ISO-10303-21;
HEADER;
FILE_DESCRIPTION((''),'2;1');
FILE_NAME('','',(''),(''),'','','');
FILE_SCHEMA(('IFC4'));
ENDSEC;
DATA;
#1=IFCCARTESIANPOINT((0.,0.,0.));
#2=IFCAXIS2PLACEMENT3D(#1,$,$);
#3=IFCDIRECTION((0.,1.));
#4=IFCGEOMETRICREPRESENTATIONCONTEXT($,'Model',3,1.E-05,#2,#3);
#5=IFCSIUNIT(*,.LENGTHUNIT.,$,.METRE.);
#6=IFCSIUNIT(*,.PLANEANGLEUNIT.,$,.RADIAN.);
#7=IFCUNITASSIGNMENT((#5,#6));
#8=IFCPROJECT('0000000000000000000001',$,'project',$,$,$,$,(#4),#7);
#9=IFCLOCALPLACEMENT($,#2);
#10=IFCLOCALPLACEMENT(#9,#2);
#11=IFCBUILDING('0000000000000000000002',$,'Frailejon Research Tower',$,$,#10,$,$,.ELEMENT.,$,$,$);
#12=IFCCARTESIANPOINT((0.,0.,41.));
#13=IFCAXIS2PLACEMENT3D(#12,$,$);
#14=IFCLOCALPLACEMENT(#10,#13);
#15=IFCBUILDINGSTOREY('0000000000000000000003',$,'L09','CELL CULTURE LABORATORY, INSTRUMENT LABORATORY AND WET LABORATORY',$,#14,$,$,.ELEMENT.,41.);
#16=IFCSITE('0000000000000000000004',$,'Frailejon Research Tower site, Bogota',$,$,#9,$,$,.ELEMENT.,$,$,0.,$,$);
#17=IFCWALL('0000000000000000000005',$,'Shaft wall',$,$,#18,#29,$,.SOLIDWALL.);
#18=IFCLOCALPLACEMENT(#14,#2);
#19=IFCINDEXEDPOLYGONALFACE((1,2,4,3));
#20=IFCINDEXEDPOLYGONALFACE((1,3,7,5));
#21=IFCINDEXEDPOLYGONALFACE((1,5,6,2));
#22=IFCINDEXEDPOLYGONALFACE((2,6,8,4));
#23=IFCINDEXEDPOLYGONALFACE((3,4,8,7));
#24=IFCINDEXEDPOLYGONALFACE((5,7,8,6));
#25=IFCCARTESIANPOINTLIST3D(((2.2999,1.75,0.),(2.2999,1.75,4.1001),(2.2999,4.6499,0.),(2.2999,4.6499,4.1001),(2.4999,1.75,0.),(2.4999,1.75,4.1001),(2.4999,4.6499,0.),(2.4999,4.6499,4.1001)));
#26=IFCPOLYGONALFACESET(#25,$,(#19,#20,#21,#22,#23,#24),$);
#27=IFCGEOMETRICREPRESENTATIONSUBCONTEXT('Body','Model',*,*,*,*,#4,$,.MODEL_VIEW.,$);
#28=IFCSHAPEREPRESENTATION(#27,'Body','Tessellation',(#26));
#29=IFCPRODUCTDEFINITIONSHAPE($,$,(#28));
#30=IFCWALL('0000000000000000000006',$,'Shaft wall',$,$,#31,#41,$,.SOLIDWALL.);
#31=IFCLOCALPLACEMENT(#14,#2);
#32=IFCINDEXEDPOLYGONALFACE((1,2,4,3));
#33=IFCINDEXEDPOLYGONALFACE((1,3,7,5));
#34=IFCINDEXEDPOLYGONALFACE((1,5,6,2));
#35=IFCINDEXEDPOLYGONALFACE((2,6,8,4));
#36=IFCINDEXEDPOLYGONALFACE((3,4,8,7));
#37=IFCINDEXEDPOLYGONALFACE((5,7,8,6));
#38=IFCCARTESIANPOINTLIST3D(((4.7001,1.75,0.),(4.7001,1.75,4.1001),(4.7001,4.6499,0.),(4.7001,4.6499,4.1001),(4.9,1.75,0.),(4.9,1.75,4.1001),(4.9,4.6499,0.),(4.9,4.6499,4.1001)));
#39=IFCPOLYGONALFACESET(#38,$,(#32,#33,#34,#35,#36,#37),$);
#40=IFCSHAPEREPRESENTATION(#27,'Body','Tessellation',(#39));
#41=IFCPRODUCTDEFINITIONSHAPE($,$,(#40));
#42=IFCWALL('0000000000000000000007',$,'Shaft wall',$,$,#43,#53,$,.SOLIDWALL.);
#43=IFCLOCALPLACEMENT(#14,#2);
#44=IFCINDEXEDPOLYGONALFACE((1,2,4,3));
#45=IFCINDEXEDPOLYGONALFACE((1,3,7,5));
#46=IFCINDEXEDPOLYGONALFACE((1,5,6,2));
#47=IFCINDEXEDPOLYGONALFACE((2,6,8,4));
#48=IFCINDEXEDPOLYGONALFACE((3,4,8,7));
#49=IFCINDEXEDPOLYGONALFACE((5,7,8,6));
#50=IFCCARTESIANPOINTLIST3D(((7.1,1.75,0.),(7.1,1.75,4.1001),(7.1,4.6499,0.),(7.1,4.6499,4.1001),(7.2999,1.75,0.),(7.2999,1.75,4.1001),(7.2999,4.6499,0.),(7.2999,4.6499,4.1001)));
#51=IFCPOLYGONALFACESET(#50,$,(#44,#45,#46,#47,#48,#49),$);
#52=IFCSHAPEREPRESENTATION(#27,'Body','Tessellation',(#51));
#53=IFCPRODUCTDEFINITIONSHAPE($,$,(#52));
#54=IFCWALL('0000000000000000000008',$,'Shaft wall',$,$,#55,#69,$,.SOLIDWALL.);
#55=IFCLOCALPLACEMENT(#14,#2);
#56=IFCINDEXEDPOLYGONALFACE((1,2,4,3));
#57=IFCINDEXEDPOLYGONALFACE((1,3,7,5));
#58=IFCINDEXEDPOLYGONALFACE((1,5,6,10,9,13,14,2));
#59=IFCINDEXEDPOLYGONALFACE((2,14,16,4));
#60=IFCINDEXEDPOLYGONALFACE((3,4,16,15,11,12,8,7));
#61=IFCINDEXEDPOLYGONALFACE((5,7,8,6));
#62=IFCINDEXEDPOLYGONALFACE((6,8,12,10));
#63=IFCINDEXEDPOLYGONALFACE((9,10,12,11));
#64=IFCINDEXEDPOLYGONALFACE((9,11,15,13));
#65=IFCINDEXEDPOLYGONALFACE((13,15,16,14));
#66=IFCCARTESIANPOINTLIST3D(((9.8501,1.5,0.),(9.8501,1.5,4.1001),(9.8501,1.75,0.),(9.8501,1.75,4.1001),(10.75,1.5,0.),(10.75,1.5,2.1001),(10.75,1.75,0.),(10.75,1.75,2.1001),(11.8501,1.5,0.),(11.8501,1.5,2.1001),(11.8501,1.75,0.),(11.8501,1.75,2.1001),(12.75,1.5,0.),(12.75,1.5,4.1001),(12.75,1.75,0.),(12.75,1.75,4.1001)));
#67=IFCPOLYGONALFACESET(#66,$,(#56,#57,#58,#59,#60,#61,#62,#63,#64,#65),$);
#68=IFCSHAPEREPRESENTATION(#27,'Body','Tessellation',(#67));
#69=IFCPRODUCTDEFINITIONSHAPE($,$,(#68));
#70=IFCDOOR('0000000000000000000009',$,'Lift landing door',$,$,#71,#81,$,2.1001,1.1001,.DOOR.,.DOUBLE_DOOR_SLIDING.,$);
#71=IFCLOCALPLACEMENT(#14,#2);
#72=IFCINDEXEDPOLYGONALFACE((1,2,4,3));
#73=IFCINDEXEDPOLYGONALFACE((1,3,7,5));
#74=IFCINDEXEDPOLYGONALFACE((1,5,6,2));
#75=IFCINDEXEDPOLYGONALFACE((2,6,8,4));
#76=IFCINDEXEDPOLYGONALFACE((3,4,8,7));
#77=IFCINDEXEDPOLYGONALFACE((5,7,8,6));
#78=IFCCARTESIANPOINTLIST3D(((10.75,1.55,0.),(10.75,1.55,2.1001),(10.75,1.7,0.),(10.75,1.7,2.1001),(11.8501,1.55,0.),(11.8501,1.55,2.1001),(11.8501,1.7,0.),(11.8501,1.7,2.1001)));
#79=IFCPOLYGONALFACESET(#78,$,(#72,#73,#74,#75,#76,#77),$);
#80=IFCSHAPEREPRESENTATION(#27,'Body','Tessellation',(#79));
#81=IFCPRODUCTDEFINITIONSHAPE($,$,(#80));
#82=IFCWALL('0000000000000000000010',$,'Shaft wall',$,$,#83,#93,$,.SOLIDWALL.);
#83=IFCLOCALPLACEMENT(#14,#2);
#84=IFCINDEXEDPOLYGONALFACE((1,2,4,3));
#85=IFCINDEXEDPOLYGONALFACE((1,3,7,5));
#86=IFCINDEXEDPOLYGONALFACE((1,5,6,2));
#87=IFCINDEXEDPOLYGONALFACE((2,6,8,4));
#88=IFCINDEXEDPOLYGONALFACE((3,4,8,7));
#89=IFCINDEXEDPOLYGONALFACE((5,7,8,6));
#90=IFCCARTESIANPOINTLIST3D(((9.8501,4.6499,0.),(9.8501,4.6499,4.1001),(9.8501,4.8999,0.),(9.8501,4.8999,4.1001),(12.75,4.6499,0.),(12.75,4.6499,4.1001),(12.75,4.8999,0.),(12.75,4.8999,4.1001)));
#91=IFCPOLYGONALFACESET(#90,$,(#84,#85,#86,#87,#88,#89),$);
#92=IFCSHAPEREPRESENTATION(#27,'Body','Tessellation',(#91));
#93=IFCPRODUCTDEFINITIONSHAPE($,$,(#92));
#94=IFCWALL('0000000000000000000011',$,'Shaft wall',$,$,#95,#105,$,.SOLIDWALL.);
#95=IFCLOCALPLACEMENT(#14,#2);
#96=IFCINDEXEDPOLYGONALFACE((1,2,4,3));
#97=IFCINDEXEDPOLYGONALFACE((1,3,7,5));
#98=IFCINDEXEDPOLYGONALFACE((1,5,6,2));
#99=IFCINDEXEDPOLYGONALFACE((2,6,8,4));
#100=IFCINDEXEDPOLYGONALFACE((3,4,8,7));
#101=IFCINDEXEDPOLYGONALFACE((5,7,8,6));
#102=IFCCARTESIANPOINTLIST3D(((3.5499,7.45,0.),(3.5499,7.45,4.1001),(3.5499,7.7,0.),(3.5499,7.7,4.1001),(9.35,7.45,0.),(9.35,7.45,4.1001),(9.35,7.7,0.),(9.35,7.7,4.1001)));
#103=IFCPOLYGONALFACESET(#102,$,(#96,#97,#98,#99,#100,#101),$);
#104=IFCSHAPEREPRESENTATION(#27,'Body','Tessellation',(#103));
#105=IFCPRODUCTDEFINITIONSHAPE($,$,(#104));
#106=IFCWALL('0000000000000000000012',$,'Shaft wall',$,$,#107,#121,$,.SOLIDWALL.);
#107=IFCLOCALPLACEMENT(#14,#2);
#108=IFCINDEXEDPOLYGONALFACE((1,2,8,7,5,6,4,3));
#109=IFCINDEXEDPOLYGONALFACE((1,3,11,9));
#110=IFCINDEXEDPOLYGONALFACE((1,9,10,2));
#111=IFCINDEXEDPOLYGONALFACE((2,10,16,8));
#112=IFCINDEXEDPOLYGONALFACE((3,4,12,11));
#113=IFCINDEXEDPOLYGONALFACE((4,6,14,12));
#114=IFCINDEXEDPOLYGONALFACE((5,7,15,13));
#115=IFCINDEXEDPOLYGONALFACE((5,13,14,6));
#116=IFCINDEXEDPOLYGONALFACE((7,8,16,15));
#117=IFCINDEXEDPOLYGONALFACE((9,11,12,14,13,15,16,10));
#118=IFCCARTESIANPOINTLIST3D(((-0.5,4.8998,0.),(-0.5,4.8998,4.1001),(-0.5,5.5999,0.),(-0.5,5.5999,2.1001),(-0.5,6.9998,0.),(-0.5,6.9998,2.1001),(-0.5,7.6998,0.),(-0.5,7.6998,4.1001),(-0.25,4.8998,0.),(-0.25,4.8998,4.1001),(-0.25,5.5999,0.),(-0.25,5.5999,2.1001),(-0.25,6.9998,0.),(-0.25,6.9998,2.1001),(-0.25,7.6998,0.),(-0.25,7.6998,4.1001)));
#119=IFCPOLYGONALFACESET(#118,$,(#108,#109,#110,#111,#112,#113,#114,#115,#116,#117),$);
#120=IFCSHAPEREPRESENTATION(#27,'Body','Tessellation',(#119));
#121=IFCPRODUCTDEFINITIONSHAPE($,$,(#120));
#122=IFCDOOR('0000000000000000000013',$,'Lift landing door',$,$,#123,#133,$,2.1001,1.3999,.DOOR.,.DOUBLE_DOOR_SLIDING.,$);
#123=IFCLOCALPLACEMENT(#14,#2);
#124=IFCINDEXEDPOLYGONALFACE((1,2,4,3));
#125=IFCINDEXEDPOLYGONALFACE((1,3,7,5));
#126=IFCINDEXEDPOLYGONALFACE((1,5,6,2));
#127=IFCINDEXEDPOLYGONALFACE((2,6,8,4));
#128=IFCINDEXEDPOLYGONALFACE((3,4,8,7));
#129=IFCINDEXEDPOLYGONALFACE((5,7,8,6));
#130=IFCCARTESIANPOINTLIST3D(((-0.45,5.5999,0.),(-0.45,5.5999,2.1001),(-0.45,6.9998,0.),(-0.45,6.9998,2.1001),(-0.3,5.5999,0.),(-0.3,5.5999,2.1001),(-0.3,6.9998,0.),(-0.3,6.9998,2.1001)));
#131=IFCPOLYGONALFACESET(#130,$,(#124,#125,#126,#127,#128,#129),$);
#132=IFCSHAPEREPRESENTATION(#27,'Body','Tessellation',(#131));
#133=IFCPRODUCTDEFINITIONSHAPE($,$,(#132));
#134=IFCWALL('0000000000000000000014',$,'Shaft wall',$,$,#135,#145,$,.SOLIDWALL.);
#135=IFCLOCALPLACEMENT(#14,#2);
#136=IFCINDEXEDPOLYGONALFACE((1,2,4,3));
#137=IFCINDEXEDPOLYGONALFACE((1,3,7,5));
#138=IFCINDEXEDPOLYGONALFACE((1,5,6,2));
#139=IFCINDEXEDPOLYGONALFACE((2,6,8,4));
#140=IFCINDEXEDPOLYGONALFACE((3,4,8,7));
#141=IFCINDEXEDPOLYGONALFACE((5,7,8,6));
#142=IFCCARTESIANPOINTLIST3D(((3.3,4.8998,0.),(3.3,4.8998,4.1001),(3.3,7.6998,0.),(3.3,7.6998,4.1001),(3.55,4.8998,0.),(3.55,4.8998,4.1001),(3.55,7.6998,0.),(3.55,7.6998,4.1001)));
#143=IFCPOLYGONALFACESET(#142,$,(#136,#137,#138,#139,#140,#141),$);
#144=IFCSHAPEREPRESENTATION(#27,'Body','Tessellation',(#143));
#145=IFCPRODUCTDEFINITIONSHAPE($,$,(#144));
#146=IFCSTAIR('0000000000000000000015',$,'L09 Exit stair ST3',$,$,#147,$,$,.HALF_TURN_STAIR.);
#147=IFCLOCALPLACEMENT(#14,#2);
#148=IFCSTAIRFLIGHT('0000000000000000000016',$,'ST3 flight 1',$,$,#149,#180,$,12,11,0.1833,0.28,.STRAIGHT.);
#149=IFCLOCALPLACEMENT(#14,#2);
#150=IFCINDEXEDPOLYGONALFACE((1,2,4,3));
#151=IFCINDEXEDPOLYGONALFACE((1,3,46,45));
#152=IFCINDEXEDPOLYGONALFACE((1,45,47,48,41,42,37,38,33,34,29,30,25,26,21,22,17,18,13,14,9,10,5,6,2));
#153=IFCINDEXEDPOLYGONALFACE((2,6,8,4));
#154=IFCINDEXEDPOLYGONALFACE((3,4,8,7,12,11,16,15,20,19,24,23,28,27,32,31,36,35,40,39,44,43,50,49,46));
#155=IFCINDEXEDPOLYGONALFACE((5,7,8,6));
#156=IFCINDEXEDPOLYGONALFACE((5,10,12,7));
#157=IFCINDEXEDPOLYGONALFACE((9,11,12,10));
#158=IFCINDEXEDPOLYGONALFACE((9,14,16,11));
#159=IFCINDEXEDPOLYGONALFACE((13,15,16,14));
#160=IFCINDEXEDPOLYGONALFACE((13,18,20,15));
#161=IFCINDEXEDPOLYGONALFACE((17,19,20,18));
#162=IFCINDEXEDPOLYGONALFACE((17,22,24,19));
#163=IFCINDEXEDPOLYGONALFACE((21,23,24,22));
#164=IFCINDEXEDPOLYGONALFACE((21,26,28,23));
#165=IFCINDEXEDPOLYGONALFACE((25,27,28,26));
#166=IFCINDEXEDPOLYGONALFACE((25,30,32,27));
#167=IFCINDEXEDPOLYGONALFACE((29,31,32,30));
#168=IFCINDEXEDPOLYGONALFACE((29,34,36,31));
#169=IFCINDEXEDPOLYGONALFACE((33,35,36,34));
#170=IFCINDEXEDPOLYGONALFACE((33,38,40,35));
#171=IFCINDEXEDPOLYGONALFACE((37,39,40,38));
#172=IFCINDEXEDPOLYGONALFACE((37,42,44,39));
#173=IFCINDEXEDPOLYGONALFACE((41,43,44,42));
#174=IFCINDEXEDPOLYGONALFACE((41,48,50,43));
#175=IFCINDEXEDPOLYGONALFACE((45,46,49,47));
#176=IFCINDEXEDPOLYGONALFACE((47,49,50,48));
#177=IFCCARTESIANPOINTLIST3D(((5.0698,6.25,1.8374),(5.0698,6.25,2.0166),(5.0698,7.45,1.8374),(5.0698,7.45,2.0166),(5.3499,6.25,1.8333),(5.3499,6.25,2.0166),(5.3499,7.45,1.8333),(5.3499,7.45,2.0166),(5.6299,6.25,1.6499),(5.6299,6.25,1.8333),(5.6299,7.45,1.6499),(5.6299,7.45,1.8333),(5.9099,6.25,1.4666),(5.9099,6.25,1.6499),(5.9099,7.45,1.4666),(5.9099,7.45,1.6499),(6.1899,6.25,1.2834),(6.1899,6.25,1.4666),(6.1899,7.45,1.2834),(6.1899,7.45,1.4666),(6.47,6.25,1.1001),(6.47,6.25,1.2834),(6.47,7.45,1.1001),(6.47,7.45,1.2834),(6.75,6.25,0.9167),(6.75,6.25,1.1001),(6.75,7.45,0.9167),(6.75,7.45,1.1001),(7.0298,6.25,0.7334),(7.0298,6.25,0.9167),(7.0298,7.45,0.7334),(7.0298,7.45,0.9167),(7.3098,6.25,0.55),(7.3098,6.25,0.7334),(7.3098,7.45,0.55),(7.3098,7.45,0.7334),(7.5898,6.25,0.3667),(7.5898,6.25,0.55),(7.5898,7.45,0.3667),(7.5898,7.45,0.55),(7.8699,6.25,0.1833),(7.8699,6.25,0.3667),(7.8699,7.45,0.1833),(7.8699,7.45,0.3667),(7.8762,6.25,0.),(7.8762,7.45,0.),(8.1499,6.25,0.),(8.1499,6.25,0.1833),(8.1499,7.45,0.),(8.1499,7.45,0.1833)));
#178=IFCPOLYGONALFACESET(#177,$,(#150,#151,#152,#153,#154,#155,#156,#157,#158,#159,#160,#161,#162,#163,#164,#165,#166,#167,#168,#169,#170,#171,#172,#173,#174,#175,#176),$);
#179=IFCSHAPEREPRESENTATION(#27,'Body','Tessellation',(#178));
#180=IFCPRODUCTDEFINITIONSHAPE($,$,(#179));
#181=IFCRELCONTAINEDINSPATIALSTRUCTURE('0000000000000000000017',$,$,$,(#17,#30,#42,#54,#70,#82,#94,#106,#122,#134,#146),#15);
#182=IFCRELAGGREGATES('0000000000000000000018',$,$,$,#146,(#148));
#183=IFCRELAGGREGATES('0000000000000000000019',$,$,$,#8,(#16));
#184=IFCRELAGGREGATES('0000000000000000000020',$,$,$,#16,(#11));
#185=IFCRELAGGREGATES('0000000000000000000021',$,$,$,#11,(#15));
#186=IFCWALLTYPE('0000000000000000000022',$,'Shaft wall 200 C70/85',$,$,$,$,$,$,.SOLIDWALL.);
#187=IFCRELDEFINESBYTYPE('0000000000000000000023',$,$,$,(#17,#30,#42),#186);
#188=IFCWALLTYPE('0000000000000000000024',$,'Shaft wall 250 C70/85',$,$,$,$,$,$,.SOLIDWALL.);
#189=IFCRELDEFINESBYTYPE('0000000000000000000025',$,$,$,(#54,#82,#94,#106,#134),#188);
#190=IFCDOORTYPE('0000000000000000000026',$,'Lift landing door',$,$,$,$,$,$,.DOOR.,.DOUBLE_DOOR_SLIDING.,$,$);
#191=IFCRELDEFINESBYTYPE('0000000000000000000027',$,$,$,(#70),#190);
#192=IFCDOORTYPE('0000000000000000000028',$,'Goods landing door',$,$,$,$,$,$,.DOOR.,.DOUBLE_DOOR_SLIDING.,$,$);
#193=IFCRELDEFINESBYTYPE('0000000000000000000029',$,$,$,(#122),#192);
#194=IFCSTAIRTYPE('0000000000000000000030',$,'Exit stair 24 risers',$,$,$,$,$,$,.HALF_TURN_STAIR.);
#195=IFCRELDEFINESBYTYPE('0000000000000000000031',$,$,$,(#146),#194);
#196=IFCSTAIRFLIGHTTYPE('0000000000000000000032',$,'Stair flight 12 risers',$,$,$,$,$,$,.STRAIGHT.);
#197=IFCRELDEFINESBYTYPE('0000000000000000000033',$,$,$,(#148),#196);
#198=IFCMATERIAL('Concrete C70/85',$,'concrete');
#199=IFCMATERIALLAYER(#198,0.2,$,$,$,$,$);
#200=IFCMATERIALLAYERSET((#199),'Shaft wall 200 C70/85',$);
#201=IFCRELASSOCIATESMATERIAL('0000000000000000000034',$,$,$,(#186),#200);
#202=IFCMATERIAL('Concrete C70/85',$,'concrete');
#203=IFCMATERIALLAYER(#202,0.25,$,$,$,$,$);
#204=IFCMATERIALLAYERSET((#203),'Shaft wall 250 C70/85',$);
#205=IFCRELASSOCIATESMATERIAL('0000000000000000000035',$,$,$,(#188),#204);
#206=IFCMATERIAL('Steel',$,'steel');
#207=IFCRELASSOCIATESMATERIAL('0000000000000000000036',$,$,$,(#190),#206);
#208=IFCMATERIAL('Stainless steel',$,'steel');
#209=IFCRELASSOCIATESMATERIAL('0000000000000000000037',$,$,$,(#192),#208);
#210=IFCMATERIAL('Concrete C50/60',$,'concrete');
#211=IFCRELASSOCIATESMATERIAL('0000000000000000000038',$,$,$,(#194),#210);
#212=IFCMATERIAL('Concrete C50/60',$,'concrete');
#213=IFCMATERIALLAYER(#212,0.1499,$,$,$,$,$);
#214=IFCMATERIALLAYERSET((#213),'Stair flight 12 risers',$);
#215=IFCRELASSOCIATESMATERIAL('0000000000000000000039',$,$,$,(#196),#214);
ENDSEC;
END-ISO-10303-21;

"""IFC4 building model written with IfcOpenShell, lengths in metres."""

from ifc_helpers import new_model, si_unit, direction, frame, frame_2d, origin, place, context, subcontext, project, spatial, polyline, rectangle, outline, extrude, material, layer, layer_set, type_object, element, fill, aggregate, save


model = new_model("IFC4")

# Units and contexts
model_context = context("Model", 3, precision=1e-05, world=origin(), true_north=direction((0.0, 1.0)))
body_context = subcontext(model_context, "Body", "Model", "MODEL_VIEW")
ifc_project = project(units=[si_unit("LENGTHUNIT", "METRE"), si_unit("PLANEANGLEUNIT", "RADIAN")], contexts=[model_context])

# Site, building, storey
site_placement = place(None, origin())
site = spatial("IfcSite", under=ifc_project, at=site_placement, Name="Frailejon Research Tower site, Bogota", CompositionType="ELEMENT", RefElevation=0.0)
building_placement = place(site_placement, origin())
building = spatial("IfcBuilding", under=site, at=building_placement, Name="Frailejon Research Tower", CompositionType="ELEMENT")
storey_placement = place(building_placement, frame((0.0, 0.0, 41.0)))
storey = spatial("IfcBuildingStorey", under=building, at=storey_placement, Name="L09", Description="CELL CULTURE LABORATORY, INSTRUMENT LABORATORY AND WET LABORATORY", CompositionType="ELEMENT", Elevation=41.0)

# Walls
ifc_material_1 = material(Name="Concrete C70/85", Category="concrete")
ifc_layer_1 = layer(ifc_material_1, 0.2)
ifc_layer_set_1 = layer_set([ifc_layer_1], Name="Shaft wall 200 C70/85")
wall_type_1 = type_object("IfcWallType", Name="Shaft wall 200 C70/85", PredefinedType="SOLIDWALL", material=ifc_layer_set_1)
for number, where, z_axis, x_axis, name in (
    (1, (2.3999, 1.75, 0.0), (0.0, 0.0, 1.0), (0.0, 1.0, 0.0), "Shaft wall"),
    (2, (4.8, 1.75, 0.0), (0.0, 0.0, 1.0), (0.0, 1.0, 0.0), "Shaft wall"),
    (3, (7.2, 1.75, 0.0), (0.0, 0.0, 1.0), (0.0, 1.0, 0.0), "Shaft wall"),
):
    element("IfcWall", number, at=place(storey_placement, frame(where, z_axis=z_axis, x_axis=x_axis)), inside=storey, type_object=wall_type_1, Name=name, PredefinedType="SOLIDWALL", context=body_context, shape_type="SweptSolid", body=[
        extrude(rectangle(XDim=2.8999, YDim=0.2, at=frame_2d((1.45, 0.0))), origin(), (0.0, 0.0, 1.0), 4.1001),
    ])

# Wall, opening, door
ifc_material_2 = material(Name="Concrete C70/85", Category="concrete")
ifc_layer_2 = layer(ifc_material_2, 0.25)
ifc_layer_set_2 = layer_set([ifc_layer_2], Name="Shaft wall 250 C70/85")
wall_type_2 = type_object("IfcWallType", Name="Shaft wall 250 C70/85", PredefinedType="SOLIDWALL", material=ifc_layer_set_2)
wall_1_placement = place(storey_placement, frame((9.8501, 1.625, 0.0), z_axis=(0.0, 0.0, 1.0), x_axis=(1.0, 0.0, 0.0)))
wall_1 = element("IfcWall", 4, at=wall_1_placement, inside=storey, type_object=wall_type_2, Name="Shaft wall", PredefinedType="SOLIDWALL", context=body_context, shape_type="SweptSolid", body=[
    extrude(rectangle(XDim=2.8999, YDim=0.25, at=frame_2d((1.45, 0.0))), origin(), (0.0, 0.0, 1.0), 4.1001),
])
opening_1_placement = place(wall_1_placement, frame((0.8999, 0.0, 0.0)))
opening_1 = element("IfcOpeningElement", 5, at=opening_1_placement, cuts=wall_1, PredefinedType="OPENING", context=body_context, shape_type="SweptSolid", body=[
    extrude(rectangle(XDim=1.1001, YDim=2.1001, at=frame_2d((0.55, 1.05))), frame((0.0, 0.135, 0.0), z_axis=(0.0, -1.0, 0.0), x_axis=(1.0, 0.0, 0.0)), (0.0, 0.0, 1.0), 0.27),
])
ifc_material_3 = material(Name="Steel", Category="steel")
door_type_1 = type_object("IfcDoorType", Name="Lift landing door", OperationType="DOUBLE_DOOR_SLIDING", PredefinedType="DOOR", material=ifc_material_3)
door_1_placement = place(opening_1_placement, origin())
door_1 = element("IfcDoor", 6, at=door_1_placement, inside=storey, type_object=door_type_1, Name="Lift landing door", OperationType="DOUBLE_DOOR_SLIDING", OverallHeight=2.1001, OverallWidth=1.1001, PredefinedType="DOOR", context=body_context, shape_type="SweptSolid", body=[
    extrude(rectangle(XDim=1.1001, YDim=2.1001, at=frame_2d((0.55, 1.05))), frame((0.0, 0.075, 0.0), z_axis=(0.0, -1.0, 0.0), x_axis=(1.0, 0.0, 0.0)), (0.0, 0.0, 1.0), 0.1499),
])
fill(opening_1, door_1)

# Walls
wall_2_placement = place(storey_placement, frame((9.8501, 4.7749, 0.0), z_axis=(0.0, 0.0, 1.0), x_axis=(1.0, 0.0, 0.0)))
element("IfcWall", 7, at=wall_2_placement, inside=storey, type_object=wall_type_2, Name="Shaft wall", PredefinedType="SOLIDWALL", context=body_context, shape_type="SweptSolid", body=[
    extrude(rectangle(XDim=2.8999, YDim=0.25, at=frame_2d((1.45, 0.0))), origin(), (0.0, 0.0, 1.0), 4.1001),
])
wall_3_placement = place(storey_placement, frame((3.55, 7.575, 0.0), z_axis=(0.0, 0.0, 1.0), x_axis=(1.0, 0.0, 0.0)))
element("IfcWall", 8, at=wall_3_placement, inside=storey, type_object=wall_type_2, Name="Shaft wall", PredefinedType="SOLIDWALL", context=body_context, shape_type="SweptSolid", body=[
    extrude(rectangle(XDim=5.8, YDim=0.25, at=frame_2d((2.8999, 0.0))), origin(), (0.0, 0.0, 1.0), 4.1001),
])

# Wall, opening, door
wall_4_placement = place(storey_placement, frame((-0.375, 4.8999, 0.0), z_axis=(0.0, 0.0, 1.0), x_axis=(0.0, 1.0, 0.0)))
wall_4 = element("IfcWall", 9, at=wall_4_placement, inside=storey, type_object=wall_type_2, Name="Shaft wall", PredefinedType="SOLIDWALL", context=body_context, shape_type="SweptSolid", body=[
    extrude(rectangle(XDim=2.8, YDim=0.25, at=frame_2d((1.3999, 0.0))), origin(), (0.0, 0.0, 1.0), 4.1001),
])
opening_2_placement = place(wall_4_placement, frame((0.7, 0.0, 0.0)))
opening_2 = element("IfcOpeningElement", 10, at=opening_2_placement, cuts=wall_4, PredefinedType="OPENING", context=body_context, shape_type="SweptSolid", body=[
    extrude(rectangle(XDim=1.3999, YDim=2.1001, at=frame_2d((0.7, 1.05))), frame((0.0, 0.135, 0.0), z_axis=(0.0, -1.0, 0.0), x_axis=(1.0, 0.0, 0.0)), (0.0, 0.0, 1.0), 0.27),
])
ifc_material_4 = material(Name="Stainless steel", Category="steel")
door_type_2 = type_object("IfcDoorType", Name="Goods landing door", OperationType="DOUBLE_DOOR_SLIDING", PredefinedType="DOOR", material=ifc_material_4)
door_2_placement = place(opening_2_placement, origin())
door_2 = element("IfcDoor", 11, at=door_2_placement, inside=storey, type_object=door_type_2, Name="Lift landing door", OperationType="DOUBLE_DOOR_SLIDING", OverallHeight=2.1001, OverallWidth=1.3999, PredefinedType="DOOR", context=body_context, shape_type="SweptSolid", body=[
    extrude(rectangle(XDim=1.3999, YDim=2.1001, at=frame_2d((0.7, 1.05))), frame((0.0, 0.075, 0.0), z_axis=(0.0, -1.0, 0.0), x_axis=(1.0, 0.0, 0.0)), (0.0, 0.0, 1.0), 0.1499),
])
fill(opening_2, door_2)

# Wall
wall_5_placement = place(storey_placement, frame((3.425, 4.8999, 0.0), z_axis=(0.0, 0.0, 1.0), x_axis=(0.0, 1.0, 0.0)))
element("IfcWall", 12, at=wall_5_placement, inside=storey, type_object=wall_type_2, Name="Shaft wall", PredefinedType="SOLIDWALL", context=body_context, shape_type="SweptSolid", body=[
    extrude(rectangle(XDim=2.8, YDim=0.25, at=frame_2d((1.3999, 0.0))), origin(), (0.0, 0.0, 1.0), 4.1001),
])

# Stair, stair flight
ifc_material_5 = material(Name="Concrete C50/60", Category="concrete")
stair_type = type_object("IfcStairType", Name="Exit stair 24 risers", PredefinedType="HALF_TURN_STAIR", material=ifc_material_5)
stair_placement = place(storey_placement, origin())
stair = element("IfcStair", 13, at=stair_placement, inside=storey, type_object=stair_type, Name="L09 Exit stair ST3", PredefinedType="HALF_TURN_STAIR")
ifc_material_6 = material(Name="Concrete C50/60", Category="concrete")
ifc_layer_3 = layer(ifc_material_6, 0.1499)
ifc_layer_set_3 = layer_set([ifc_layer_3], Name="Stair flight 12 risers")
stair_flight_type = type_object("IfcStairFlightType", Name="Stair flight 12 risers", PredefinedType="STRAIGHT", material=ifc_layer_set_3)
stair_flight_1_placement = place(storey_placement, frame((8.1499, 6.8501, 0.0), z_axis=(0.0, 0.0, 1.0), x_axis=(-1.0, 0.0, 0.0)))
stair_flight_1 = element("IfcStairFlight", 14, at=stair_flight_1_placement, type_object=stair_flight_type, Name="ST3 flight 1", NumberOfRisers=12, NumberOfTreads=11, PredefinedType="STRAIGHT", RiserHeight=0.1833, TreadLength=0.28, context=body_context, shape_type="SweptSolid", body=[
    extrude(outline(polyline([(0.0, 0.0), (0.0, 0.1833), (0.28, 0.1833), (0.28, 0.3667), (0.5601, 0.3667), (0.5601, 0.55), (0.8401, 0.55), (0.8401, 0.7334), (1.1201, 0.7334), (1.1201, 0.9167), (1.3999, 0.9167), (1.3999, 1.1001), (1.6799, 1.1001), (1.6799, 1.2834), (1.96, 1.2834), (1.96, 1.4666), (2.24, 1.4666), (2.24, 1.6499), (2.52, 1.6499), (2.52, 1.8333), (2.8, 1.8333), (2.8, 2.0166), (3.0801, 2.0166), (3.0801, 2.2), (3.0801, 1.8374), (0.2737, 0.0), (0.0, 0.0)])), frame((0.0, 0.6001, 0.0), z_axis=(0.0, -1.0, 0.0), x_axis=(1.0, 0.0, 0.0)), (0.0, 0.0, 1.0), 1.2),
])
aggregate(stair, [stair_flight_1])

save(model, "model.ifc")
